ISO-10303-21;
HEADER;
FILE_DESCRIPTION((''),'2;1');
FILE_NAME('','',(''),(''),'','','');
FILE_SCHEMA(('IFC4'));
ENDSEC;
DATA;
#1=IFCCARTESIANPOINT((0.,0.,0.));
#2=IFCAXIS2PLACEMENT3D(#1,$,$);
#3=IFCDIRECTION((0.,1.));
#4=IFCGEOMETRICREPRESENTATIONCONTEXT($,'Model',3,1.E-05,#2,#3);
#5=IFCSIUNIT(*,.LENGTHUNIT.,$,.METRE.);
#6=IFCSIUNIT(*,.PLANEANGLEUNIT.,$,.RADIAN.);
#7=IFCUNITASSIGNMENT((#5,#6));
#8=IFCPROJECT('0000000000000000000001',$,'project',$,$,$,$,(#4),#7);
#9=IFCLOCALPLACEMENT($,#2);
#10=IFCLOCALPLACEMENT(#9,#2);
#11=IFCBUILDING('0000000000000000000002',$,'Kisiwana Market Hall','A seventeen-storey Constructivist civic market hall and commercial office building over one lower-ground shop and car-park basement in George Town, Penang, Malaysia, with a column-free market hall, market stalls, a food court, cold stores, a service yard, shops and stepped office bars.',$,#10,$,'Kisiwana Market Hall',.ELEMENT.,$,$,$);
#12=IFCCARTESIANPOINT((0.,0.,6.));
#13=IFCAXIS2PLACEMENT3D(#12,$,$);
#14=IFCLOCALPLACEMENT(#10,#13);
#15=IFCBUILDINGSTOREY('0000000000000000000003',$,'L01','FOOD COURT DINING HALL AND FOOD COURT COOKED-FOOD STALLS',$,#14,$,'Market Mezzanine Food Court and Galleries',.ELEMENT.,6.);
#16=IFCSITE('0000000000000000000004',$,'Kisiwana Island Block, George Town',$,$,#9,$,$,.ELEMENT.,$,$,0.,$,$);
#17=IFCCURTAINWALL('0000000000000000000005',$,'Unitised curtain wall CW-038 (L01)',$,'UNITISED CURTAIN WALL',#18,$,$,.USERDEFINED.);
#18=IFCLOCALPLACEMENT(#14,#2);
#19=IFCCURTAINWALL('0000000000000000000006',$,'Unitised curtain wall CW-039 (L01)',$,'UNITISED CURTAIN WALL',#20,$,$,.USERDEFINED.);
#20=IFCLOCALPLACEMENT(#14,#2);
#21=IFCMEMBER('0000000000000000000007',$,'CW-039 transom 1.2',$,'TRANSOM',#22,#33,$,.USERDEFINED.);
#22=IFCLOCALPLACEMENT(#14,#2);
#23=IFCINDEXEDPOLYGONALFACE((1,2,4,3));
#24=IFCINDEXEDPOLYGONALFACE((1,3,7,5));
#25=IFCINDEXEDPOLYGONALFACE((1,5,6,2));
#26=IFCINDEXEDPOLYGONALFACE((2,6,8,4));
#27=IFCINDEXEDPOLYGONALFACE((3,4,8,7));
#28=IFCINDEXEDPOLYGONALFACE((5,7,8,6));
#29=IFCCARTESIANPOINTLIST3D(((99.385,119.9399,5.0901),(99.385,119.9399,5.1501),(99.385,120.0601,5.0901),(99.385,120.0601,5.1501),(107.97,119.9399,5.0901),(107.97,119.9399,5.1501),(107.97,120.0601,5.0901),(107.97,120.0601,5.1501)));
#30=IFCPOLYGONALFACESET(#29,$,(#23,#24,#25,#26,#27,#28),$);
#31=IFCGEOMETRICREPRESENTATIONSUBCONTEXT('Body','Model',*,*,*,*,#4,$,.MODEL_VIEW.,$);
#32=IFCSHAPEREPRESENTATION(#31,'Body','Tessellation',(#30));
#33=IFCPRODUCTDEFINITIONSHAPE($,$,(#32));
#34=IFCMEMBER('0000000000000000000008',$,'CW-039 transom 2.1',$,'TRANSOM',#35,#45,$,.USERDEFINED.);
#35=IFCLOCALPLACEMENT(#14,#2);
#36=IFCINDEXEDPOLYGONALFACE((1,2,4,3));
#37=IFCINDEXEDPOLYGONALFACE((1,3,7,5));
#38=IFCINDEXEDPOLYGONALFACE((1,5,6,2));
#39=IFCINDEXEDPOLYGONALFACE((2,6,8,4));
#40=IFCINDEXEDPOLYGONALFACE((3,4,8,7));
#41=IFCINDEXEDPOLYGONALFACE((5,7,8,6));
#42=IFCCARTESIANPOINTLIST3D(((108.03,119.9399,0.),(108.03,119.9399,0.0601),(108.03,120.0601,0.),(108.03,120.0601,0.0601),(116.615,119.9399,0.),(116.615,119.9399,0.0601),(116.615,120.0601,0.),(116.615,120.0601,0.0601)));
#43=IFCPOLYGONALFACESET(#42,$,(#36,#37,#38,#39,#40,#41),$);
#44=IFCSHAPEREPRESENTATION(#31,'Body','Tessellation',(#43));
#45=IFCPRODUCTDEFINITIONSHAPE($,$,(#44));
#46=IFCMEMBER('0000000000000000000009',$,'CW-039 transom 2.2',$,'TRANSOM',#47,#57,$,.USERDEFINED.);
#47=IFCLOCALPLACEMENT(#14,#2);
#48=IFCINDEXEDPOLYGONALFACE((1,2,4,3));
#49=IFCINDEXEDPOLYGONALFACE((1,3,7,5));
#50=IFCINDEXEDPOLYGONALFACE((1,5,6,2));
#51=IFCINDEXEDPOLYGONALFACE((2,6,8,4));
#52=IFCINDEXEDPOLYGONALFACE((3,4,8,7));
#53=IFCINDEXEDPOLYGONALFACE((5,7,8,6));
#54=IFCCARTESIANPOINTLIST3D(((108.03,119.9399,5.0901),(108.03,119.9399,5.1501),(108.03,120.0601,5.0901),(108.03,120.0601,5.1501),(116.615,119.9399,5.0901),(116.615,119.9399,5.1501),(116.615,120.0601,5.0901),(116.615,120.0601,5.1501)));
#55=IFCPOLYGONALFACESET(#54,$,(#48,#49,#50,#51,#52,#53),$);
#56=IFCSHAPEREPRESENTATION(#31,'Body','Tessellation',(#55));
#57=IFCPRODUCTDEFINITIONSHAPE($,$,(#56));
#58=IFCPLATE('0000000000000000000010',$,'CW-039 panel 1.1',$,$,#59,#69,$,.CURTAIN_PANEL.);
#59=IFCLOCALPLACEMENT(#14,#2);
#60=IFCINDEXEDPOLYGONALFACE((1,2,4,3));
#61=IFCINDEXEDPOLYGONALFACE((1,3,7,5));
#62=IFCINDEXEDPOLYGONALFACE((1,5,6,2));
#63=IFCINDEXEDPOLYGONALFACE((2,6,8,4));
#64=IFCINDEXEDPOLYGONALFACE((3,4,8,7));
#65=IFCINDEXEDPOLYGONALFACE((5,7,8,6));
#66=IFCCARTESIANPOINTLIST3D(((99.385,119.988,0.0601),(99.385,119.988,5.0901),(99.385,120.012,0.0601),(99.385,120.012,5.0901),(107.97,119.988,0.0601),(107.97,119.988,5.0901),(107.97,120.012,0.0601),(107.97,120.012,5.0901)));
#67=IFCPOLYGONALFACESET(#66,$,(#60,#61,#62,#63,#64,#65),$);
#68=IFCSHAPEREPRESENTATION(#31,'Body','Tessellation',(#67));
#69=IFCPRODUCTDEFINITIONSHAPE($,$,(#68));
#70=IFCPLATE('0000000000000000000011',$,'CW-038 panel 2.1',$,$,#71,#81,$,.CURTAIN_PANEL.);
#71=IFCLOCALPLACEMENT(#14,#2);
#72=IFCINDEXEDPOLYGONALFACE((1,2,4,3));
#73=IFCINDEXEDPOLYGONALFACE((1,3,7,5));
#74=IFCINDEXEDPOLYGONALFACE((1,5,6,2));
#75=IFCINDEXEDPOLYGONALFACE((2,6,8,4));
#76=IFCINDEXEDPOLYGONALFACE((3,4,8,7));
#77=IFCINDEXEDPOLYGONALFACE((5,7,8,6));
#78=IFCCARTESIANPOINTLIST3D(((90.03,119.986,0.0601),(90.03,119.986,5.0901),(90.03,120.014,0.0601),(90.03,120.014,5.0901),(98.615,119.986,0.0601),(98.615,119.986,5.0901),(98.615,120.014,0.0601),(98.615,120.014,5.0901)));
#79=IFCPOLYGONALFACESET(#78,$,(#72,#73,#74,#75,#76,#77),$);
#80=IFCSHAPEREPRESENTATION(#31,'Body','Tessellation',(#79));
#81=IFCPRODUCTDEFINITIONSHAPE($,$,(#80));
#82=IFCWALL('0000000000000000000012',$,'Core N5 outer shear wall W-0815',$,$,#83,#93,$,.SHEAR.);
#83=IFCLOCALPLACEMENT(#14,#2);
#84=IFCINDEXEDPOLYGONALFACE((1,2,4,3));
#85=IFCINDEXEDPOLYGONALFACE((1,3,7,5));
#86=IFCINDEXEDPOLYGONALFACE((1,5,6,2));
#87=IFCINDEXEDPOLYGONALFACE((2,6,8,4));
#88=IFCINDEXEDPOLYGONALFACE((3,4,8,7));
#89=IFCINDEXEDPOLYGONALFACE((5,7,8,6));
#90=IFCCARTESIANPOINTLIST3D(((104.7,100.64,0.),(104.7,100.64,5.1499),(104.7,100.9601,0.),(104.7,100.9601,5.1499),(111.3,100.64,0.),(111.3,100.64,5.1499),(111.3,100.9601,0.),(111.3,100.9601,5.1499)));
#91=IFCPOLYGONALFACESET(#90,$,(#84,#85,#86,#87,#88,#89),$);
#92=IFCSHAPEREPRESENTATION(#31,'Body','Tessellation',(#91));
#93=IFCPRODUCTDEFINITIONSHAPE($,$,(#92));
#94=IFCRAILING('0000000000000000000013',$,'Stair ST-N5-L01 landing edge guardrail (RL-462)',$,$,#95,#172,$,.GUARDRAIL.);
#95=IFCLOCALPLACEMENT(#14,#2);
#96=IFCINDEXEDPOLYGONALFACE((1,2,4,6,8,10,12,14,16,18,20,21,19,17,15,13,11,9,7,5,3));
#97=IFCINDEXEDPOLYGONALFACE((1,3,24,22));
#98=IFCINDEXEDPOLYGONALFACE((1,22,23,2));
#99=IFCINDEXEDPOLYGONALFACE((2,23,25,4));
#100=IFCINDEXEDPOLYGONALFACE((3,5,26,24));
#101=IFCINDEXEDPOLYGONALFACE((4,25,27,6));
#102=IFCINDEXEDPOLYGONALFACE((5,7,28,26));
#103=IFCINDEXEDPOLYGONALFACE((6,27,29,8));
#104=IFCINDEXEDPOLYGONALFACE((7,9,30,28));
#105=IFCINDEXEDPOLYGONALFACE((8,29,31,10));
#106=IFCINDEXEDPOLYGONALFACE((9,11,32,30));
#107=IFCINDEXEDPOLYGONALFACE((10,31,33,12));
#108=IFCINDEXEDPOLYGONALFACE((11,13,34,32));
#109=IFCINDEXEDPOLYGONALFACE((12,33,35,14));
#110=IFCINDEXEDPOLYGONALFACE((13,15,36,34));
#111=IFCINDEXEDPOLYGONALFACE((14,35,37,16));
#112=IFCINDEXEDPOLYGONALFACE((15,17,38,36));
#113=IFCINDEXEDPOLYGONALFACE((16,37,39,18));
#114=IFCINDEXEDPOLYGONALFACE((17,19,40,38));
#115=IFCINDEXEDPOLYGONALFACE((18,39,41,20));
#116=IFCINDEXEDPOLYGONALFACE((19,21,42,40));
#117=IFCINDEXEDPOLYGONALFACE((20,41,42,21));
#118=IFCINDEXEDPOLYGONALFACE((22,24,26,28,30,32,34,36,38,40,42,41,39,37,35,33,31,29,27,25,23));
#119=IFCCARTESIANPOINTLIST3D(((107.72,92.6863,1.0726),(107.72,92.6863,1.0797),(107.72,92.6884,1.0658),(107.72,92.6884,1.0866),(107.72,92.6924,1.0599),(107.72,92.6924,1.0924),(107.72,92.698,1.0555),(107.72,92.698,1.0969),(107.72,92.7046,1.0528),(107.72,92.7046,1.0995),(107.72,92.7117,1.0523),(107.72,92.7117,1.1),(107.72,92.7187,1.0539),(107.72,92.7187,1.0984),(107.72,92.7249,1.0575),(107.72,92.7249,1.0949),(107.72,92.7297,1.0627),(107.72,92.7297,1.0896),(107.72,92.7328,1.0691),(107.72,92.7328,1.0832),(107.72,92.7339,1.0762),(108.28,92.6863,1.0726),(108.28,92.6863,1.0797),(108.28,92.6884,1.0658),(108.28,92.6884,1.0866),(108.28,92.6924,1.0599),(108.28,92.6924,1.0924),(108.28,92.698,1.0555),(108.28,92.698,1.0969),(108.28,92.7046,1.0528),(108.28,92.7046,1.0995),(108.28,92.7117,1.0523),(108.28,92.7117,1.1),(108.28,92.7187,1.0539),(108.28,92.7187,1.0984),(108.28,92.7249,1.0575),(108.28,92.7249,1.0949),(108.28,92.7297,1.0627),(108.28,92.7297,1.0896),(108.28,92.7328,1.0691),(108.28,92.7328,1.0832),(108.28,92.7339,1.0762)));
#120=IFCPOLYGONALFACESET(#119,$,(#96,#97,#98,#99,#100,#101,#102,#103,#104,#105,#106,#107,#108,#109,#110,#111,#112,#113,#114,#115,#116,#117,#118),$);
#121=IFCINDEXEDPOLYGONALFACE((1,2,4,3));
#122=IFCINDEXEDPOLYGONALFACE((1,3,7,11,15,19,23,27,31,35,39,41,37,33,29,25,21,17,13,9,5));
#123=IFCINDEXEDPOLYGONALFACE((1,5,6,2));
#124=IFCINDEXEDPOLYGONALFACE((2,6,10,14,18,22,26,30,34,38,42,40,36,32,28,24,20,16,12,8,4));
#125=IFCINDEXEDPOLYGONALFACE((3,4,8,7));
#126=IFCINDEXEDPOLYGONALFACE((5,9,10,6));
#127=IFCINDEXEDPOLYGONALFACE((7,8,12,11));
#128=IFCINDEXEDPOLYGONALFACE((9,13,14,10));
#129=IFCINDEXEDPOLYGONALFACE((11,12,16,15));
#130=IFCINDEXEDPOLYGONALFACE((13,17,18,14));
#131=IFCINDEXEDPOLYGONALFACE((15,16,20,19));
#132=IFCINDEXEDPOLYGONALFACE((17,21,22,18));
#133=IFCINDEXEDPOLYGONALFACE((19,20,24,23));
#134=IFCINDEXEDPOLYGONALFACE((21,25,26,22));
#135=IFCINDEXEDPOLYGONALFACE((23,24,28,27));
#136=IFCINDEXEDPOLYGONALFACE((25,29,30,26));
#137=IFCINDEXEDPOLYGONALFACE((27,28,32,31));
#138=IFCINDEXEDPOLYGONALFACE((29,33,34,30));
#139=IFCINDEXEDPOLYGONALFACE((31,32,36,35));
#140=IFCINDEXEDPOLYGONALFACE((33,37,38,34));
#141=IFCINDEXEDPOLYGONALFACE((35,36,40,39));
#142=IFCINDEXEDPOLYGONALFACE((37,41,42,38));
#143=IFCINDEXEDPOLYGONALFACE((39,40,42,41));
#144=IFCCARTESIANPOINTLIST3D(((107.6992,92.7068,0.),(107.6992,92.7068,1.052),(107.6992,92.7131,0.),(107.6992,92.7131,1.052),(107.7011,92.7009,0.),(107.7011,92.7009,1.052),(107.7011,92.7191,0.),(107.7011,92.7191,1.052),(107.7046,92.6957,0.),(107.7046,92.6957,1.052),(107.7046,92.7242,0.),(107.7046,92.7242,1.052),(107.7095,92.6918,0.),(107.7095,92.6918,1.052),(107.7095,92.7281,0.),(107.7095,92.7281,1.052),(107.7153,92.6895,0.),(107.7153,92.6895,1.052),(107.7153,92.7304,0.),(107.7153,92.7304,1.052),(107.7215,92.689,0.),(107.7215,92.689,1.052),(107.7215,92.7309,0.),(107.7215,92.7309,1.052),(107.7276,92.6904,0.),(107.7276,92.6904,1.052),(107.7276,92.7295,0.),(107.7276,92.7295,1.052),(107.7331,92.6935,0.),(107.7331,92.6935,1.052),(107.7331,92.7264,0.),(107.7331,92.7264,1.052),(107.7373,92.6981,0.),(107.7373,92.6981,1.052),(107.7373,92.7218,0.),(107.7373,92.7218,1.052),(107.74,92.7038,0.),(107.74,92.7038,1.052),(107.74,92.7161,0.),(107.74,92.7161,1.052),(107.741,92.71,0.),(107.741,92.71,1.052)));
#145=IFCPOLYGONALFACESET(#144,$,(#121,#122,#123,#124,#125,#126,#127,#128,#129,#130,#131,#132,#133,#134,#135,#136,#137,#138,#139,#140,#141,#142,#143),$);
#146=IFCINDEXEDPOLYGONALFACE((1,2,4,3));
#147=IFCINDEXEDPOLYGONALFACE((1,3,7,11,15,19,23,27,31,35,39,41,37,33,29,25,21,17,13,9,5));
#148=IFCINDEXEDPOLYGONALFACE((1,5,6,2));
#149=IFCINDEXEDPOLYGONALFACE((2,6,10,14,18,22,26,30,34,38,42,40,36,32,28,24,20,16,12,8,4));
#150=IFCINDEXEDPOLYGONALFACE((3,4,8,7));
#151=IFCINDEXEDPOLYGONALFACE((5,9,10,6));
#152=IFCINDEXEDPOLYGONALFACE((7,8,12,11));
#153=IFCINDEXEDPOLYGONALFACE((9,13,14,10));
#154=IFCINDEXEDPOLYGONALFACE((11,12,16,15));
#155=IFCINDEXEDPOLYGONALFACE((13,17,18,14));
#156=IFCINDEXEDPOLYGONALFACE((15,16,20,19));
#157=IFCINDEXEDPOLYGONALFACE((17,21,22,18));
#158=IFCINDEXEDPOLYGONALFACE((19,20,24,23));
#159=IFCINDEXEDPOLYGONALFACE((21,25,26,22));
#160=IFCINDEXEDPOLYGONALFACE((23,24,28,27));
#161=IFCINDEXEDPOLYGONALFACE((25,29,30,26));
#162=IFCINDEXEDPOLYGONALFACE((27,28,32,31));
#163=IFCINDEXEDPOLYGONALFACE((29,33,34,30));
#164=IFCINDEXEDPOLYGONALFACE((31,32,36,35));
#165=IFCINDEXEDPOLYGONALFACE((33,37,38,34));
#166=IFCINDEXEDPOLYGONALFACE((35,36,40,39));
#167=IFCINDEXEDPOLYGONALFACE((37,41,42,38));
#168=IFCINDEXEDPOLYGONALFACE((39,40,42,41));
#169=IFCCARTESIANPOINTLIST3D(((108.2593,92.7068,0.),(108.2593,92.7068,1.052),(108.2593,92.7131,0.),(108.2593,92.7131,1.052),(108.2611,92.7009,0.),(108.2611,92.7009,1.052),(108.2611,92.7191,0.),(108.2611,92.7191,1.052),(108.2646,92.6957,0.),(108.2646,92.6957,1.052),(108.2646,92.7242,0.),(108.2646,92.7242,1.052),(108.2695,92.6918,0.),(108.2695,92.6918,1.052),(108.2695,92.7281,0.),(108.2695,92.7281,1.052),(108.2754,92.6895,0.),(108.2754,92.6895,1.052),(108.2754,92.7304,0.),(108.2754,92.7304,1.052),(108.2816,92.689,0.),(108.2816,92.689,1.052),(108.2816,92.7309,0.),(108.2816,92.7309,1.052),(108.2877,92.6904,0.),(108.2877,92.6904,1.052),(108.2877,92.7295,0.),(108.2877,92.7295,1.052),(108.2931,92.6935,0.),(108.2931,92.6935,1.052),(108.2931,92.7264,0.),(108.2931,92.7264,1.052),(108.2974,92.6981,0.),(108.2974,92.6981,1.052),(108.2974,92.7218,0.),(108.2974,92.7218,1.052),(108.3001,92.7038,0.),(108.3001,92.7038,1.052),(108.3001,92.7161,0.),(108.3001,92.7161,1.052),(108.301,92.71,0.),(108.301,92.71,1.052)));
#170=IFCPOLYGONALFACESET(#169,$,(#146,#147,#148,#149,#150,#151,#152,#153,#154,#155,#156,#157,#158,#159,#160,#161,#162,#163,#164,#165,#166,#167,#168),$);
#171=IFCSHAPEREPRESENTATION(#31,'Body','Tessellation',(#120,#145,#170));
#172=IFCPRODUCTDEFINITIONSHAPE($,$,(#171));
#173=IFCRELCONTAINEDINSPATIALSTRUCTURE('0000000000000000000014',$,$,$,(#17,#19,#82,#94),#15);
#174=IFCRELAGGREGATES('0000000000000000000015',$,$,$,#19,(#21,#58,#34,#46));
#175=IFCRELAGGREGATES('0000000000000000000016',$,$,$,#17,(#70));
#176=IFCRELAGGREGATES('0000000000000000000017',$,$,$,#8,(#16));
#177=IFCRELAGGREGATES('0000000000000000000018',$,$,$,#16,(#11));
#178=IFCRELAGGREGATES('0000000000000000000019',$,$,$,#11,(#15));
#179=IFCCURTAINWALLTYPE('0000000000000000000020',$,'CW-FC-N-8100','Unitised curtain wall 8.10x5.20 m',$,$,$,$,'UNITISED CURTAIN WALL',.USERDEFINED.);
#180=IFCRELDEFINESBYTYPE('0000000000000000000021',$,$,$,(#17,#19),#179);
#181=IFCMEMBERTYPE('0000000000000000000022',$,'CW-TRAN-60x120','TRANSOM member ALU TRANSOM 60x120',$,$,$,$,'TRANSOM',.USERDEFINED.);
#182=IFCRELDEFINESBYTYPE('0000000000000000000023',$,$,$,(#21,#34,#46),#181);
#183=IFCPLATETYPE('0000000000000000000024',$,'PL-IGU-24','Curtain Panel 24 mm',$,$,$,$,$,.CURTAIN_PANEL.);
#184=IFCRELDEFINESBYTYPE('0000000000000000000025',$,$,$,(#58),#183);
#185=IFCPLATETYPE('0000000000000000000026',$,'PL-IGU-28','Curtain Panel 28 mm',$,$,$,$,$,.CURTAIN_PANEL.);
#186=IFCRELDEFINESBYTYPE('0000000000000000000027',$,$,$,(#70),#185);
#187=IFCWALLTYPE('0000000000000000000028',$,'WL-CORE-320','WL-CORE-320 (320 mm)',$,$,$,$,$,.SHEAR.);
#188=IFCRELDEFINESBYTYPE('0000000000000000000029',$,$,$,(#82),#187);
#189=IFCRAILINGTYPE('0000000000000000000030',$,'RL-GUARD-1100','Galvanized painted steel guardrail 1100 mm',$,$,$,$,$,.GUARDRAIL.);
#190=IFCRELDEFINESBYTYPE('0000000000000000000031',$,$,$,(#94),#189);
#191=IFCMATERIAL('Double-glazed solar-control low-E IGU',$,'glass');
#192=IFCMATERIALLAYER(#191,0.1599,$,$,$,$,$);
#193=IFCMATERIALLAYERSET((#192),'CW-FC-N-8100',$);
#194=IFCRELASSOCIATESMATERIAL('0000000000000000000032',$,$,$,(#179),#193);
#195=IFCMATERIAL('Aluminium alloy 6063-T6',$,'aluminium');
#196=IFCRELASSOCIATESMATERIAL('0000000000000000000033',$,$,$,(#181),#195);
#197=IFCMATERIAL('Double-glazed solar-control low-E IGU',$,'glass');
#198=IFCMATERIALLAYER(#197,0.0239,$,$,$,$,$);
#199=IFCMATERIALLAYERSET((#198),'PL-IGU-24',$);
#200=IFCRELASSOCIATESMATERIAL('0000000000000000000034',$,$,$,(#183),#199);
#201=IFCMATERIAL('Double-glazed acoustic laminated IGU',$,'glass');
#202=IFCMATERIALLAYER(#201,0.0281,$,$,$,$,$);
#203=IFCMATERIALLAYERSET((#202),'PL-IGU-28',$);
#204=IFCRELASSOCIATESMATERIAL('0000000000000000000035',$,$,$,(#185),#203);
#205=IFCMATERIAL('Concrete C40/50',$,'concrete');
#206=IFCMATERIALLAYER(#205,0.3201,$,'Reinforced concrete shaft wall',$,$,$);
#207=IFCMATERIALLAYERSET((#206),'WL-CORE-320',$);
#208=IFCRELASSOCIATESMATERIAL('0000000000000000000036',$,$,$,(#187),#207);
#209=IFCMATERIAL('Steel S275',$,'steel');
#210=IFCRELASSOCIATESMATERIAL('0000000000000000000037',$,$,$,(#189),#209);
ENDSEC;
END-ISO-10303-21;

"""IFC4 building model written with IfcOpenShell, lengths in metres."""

from ifc_helpers import new_model, si_unit, direction, frame, frame_2d, origin, origin_2d, place, context, subcontext, project, spatial, rectangle, circle, extrude, material, layer, layer_set, material_profile, profile_set, type_object, element, aggregate, save


model = new_model("IFC4")

# Units and contexts
model_context = context("Model", 3, precision=1e-05, world=origin(), true_north=direction((0.0, 1.0)))
body_context = subcontext(model_context, "Body", "Model", "MODEL_VIEW")
ifc_project = project(units=[si_unit("LENGTHUNIT", "METRE"), si_unit("PLANEANGLEUNIT", "RADIAN")], contexts=[model_context])

# Site, building, storey
site_placement = place(None, origin())
site = spatial("IfcSite", under=ifc_project, at=site_placement, Name="Kisiwana Island Block, George Town", CompositionType="ELEMENT", RefElevation=0.0)
building_placement = place(site_placement, origin())
building = spatial("IfcBuilding", under=site, at=building_placement, Name="Kisiwana Market Hall", Description="A seventeen-storey Constructivist civic market hall and commercial office building over one lower-ground shop and car-park basement in George Town, Penang, Malaysia, with a column-free market hall, market stalls, a food court, cold stores, a service yard, shops and stepped office bars.", LongName="Kisiwana Market Hall", CompositionType="ELEMENT")
storey_placement = place(building_placement, frame((0.0, 0.0, 6.0)))
storey = spatial("IfcBuildingStorey", under=building, at=storey_placement, Name="L01", Description="FOOD COURT DINING HALL AND FOOD COURT COOKED-FOOD STALLS", LongName="Market Mezzanine Food Court and Galleries", CompositionType="ELEMENT", Elevation=6.0)

# Curtain wall
ifc_material_1 = material(Name="Double-glazed solar-control low-E IGU", Category="glass")
ifc_layer_1 = layer(ifc_material_1, 0.1599)
ifc_layer_set_1 = layer_set([ifc_layer_1], Name="CW-FC-N-8100")
curtain_wall_type = type_object("IfcCurtainWallType", Name="CW-FC-N-8100", Description="Unitised curtain wall 8.10x5.20 m", ElementType="UNITISED CURTAIN WALL", PredefinedType="USERDEFINED", material=ifc_layer_set_1)
curtain_wall_1_placement = place(storey_placement, origin())
curtain_wall_1 = element("IfcCurtainWall", 1, at=curtain_wall_1_placement, inside=storey, type_object=curtain_wall_type, Name="Unitised curtain wall CW-038 (L01)", ObjectType="UNITISED CURTAIN WALL", PredefinedType="USERDEFINED")

# Curtain wall, members, plate
curtain_wall_2_placement = place(storey_placement, origin())
curtain_wall_2 = element("IfcCurtainWall", 2, at=curtain_wall_2_placement, inside=storey, type_object=curtain_wall_type, Name="Unitised curtain wall CW-039 (L01)", ObjectType="UNITISED CURTAIN WALL", PredefinedType="USERDEFINED")
ifc_material_2 = material(Name="Aluminium alloy 6063-T6", Category="aluminium")
ifc_material_profile_1 = material_profile(ifc_material_2, rectangle(XDim=0.1201, YDim=0.0601, at=origin_2d()), Name="ALU TRANSOM 60x120")
ifc_profile_set_1 = profile_set([ifc_material_profile_1], Name="Aluminium alloy 6063-T6")
member_type_1 = type_object("IfcMemberType", Name="CW-TRAN-60x120", Description="TRANSOM member ALU TRANSOM 60x120", ElementType="TRANSOM", PredefinedType="USERDEFINED", material=ifc_profile_set_1)
member_1_placement = place(storey_placement, frame((99.385, 120.0, 5.1201), z_axis=(1.0, 0.0, 0.0), x_axis=(0.0, 1.0, 0.0)))
member_1 = element("IfcMember", 3, at=member_1_placement, type_object=member_type_1, Name="CW-039 transom 1.2", ObjectType="TRANSOM", PredefinedType="USERDEFINED", context=body_context, shape_type="SweptSolid", body=[
    extrude(rectangle(XDim=0.1201, YDim=0.0601, at=origin_2d()), origin(), (0.0, 0.0, 1.0), 8.585),
])
member_2_placement = place(storey_placement, frame((108.03, 120.0, 0.03), z_axis=(1.0, 0.0, 0.0), x_axis=(0.0, 1.0, 0.0)))
member_2 = element("IfcMember", 4, at=member_2_placement, type_object=member_type_1, Name="CW-039 transom 2.1", ObjectType="TRANSOM", PredefinedType="USERDEFINED", context=body_context, shape_type="SweptSolid", body=[
    extrude(rectangle(XDim=0.1201, YDim=0.0601, at=origin_2d()), origin(), (0.0, 0.0, 1.0), 8.585),
])
member_3_placement = place(storey_placement, frame((108.03, 120.0, 5.1201), z_axis=(1.0, 0.0, 0.0), x_axis=(0.0, 1.0, 0.0)))
member_3 = element("IfcMember", 5, at=member_3_placement, type_object=member_type_1, Name="CW-039 transom 2.2", ObjectType="TRANSOM", PredefinedType="USERDEFINED", context=body_context, shape_type="SweptSolid", body=[
    extrude(rectangle(XDim=0.1201, YDim=0.0601, at=origin_2d()), origin(), (0.0, 0.0, 1.0), 8.585),
])
ifc_material_3 = material(Name="Double-glazed solar-control low-E IGU", Category="glass")
ifc_layer_2 = layer(ifc_material_3, 0.0239)
ifc_layer_set_2 = layer_set([ifc_layer_2], Name="PL-IGU-24")
plate_type_1 = type_object("IfcPlateType", Name="PL-IGU-24", Description="Curtain Panel 24 mm", PredefinedType="CURTAIN_PANEL", material=ifc_layer_set_2)
plate_1_placement = place(storey_placement, frame((103.6775, 120.0, 0.0601), z_axis=(0.0, 0.0, 1.0), x_axis=(1.0, 0.0, 0.0)))
plate_1 = element("IfcPlate", 6, at=plate_1_placement, type_object=plate_type_1, Name="CW-039 panel 1.1", PredefinedType="CURTAIN_PANEL", context=body_context, shape_type="SweptSolid", body=[
    extrude(rectangle(XDim=8.585, YDim=0.0239, at=origin_2d()), origin(), (0.0, 0.0, 1.0), 5.03),
])
aggregate(curtain_wall_2, [member_1, plate_1, member_2, member_3])

# Plate
ifc_material_4 = material(Name="Double-glazed acoustic laminated IGU", Category="glass")
ifc_layer_3 = layer(ifc_material_4, 0.0281)
ifc_layer_set_3 = layer_set([ifc_layer_3], Name="PL-IGU-28")
plate_type_2 = type_object("IfcPlateType", Name="PL-IGU-28", Description="Curtain Panel 28 mm", PredefinedType="CURTAIN_PANEL", material=ifc_layer_set_3)
plate_2_placement = place(storey_placement, frame((94.3225, 120.0, 0.0601), z_axis=(0.0, 0.0, 1.0), x_axis=(1.0, 0.0, 0.0)))
plate_2 = element("IfcPlate", 7, at=plate_2_placement, type_object=plate_type_2, Name="CW-038 panel 2.1", PredefinedType="CURTAIN_PANEL", context=body_context, shape_type="SweptSolid", body=[
    extrude(rectangle(XDim=8.585, YDim=0.0281, at=origin_2d()), origin(), (0.0, 0.0, 1.0), 5.03),
])
aggregate(curtain_wall_1, [plate_2])

# Wall
ifc_material_5 = material(Name="Concrete C40/50", Category="concrete")
ifc_layer_4 = layer(ifc_material_5, 0.3201, Name="Reinforced concrete shaft wall")
ifc_layer_set_4 = layer_set([ifc_layer_4], Name="WL-CORE-320")
wall_type = type_object("IfcWallType", Name="WL-CORE-320", Description="WL-CORE-320 (320 mm)", PredefinedType="SHEAR", material=ifc_layer_set_4)
wall_placement = place(storey_placement, frame((104.7, 100.8, 0.0), z_axis=(0.0, 0.0, 1.0), x_axis=(1.0, 0.0, 0.0)))
element("IfcWall", 8, at=wall_placement, inside=storey, type_object=wall_type, Name="Core N5 outer shear wall W-0815", PredefinedType="SHEAR", context=body_context, shape_type="SweptSolid", body=[
    extrude(rectangle(XDim=6.6001, YDim=0.3201, at=frame_2d((3.3, 0.0))), origin(), (0.0, 0.0, 1.0), 5.1499),
])

# Railing
ifc_material_6 = material(Name="Steel S275", Category="steel")
railing_type_1 = type_object("IfcRailingType", Name="RL-GUARD-1100", Description="Galvanized painted steel guardrail 1100 mm", PredefinedType="GUARDRAIL", material=ifc_material_6)
railing_1_placement = place(storey_placement, frame((107.72, 92.71, 0.0)))
element("IfcRailing", 9, at=railing_1_placement, inside=storey, type_object=railing_type_1, Name="Stair ST-N5-L01 landing edge guardrail (RL-462)", PredefinedType="GUARDRAIL", context=body_context, shape_type="SweptSolid", body=[
    extrude(circle(Radius=0.0239, at=origin_2d()), frame((0.0, 0.0, 1.0762), z_axis=(1.0, 0.0, 0.0), x_axis=(0.0, 1.0, 0.0)), (0.0, 0.0, 1.0), 0.5601),
    extrude(circle(Radius=0.021, at=origin_2d()), origin(), (0.0, 0.0, 1.0), 1.052),
    extrude(circle(Radius=0.021, at=origin_2d()), frame((0.5601, 0.0, 0.0)), (0.0, 0.0, 1.0), 1.052),
])

save(model, "model.ifc")
